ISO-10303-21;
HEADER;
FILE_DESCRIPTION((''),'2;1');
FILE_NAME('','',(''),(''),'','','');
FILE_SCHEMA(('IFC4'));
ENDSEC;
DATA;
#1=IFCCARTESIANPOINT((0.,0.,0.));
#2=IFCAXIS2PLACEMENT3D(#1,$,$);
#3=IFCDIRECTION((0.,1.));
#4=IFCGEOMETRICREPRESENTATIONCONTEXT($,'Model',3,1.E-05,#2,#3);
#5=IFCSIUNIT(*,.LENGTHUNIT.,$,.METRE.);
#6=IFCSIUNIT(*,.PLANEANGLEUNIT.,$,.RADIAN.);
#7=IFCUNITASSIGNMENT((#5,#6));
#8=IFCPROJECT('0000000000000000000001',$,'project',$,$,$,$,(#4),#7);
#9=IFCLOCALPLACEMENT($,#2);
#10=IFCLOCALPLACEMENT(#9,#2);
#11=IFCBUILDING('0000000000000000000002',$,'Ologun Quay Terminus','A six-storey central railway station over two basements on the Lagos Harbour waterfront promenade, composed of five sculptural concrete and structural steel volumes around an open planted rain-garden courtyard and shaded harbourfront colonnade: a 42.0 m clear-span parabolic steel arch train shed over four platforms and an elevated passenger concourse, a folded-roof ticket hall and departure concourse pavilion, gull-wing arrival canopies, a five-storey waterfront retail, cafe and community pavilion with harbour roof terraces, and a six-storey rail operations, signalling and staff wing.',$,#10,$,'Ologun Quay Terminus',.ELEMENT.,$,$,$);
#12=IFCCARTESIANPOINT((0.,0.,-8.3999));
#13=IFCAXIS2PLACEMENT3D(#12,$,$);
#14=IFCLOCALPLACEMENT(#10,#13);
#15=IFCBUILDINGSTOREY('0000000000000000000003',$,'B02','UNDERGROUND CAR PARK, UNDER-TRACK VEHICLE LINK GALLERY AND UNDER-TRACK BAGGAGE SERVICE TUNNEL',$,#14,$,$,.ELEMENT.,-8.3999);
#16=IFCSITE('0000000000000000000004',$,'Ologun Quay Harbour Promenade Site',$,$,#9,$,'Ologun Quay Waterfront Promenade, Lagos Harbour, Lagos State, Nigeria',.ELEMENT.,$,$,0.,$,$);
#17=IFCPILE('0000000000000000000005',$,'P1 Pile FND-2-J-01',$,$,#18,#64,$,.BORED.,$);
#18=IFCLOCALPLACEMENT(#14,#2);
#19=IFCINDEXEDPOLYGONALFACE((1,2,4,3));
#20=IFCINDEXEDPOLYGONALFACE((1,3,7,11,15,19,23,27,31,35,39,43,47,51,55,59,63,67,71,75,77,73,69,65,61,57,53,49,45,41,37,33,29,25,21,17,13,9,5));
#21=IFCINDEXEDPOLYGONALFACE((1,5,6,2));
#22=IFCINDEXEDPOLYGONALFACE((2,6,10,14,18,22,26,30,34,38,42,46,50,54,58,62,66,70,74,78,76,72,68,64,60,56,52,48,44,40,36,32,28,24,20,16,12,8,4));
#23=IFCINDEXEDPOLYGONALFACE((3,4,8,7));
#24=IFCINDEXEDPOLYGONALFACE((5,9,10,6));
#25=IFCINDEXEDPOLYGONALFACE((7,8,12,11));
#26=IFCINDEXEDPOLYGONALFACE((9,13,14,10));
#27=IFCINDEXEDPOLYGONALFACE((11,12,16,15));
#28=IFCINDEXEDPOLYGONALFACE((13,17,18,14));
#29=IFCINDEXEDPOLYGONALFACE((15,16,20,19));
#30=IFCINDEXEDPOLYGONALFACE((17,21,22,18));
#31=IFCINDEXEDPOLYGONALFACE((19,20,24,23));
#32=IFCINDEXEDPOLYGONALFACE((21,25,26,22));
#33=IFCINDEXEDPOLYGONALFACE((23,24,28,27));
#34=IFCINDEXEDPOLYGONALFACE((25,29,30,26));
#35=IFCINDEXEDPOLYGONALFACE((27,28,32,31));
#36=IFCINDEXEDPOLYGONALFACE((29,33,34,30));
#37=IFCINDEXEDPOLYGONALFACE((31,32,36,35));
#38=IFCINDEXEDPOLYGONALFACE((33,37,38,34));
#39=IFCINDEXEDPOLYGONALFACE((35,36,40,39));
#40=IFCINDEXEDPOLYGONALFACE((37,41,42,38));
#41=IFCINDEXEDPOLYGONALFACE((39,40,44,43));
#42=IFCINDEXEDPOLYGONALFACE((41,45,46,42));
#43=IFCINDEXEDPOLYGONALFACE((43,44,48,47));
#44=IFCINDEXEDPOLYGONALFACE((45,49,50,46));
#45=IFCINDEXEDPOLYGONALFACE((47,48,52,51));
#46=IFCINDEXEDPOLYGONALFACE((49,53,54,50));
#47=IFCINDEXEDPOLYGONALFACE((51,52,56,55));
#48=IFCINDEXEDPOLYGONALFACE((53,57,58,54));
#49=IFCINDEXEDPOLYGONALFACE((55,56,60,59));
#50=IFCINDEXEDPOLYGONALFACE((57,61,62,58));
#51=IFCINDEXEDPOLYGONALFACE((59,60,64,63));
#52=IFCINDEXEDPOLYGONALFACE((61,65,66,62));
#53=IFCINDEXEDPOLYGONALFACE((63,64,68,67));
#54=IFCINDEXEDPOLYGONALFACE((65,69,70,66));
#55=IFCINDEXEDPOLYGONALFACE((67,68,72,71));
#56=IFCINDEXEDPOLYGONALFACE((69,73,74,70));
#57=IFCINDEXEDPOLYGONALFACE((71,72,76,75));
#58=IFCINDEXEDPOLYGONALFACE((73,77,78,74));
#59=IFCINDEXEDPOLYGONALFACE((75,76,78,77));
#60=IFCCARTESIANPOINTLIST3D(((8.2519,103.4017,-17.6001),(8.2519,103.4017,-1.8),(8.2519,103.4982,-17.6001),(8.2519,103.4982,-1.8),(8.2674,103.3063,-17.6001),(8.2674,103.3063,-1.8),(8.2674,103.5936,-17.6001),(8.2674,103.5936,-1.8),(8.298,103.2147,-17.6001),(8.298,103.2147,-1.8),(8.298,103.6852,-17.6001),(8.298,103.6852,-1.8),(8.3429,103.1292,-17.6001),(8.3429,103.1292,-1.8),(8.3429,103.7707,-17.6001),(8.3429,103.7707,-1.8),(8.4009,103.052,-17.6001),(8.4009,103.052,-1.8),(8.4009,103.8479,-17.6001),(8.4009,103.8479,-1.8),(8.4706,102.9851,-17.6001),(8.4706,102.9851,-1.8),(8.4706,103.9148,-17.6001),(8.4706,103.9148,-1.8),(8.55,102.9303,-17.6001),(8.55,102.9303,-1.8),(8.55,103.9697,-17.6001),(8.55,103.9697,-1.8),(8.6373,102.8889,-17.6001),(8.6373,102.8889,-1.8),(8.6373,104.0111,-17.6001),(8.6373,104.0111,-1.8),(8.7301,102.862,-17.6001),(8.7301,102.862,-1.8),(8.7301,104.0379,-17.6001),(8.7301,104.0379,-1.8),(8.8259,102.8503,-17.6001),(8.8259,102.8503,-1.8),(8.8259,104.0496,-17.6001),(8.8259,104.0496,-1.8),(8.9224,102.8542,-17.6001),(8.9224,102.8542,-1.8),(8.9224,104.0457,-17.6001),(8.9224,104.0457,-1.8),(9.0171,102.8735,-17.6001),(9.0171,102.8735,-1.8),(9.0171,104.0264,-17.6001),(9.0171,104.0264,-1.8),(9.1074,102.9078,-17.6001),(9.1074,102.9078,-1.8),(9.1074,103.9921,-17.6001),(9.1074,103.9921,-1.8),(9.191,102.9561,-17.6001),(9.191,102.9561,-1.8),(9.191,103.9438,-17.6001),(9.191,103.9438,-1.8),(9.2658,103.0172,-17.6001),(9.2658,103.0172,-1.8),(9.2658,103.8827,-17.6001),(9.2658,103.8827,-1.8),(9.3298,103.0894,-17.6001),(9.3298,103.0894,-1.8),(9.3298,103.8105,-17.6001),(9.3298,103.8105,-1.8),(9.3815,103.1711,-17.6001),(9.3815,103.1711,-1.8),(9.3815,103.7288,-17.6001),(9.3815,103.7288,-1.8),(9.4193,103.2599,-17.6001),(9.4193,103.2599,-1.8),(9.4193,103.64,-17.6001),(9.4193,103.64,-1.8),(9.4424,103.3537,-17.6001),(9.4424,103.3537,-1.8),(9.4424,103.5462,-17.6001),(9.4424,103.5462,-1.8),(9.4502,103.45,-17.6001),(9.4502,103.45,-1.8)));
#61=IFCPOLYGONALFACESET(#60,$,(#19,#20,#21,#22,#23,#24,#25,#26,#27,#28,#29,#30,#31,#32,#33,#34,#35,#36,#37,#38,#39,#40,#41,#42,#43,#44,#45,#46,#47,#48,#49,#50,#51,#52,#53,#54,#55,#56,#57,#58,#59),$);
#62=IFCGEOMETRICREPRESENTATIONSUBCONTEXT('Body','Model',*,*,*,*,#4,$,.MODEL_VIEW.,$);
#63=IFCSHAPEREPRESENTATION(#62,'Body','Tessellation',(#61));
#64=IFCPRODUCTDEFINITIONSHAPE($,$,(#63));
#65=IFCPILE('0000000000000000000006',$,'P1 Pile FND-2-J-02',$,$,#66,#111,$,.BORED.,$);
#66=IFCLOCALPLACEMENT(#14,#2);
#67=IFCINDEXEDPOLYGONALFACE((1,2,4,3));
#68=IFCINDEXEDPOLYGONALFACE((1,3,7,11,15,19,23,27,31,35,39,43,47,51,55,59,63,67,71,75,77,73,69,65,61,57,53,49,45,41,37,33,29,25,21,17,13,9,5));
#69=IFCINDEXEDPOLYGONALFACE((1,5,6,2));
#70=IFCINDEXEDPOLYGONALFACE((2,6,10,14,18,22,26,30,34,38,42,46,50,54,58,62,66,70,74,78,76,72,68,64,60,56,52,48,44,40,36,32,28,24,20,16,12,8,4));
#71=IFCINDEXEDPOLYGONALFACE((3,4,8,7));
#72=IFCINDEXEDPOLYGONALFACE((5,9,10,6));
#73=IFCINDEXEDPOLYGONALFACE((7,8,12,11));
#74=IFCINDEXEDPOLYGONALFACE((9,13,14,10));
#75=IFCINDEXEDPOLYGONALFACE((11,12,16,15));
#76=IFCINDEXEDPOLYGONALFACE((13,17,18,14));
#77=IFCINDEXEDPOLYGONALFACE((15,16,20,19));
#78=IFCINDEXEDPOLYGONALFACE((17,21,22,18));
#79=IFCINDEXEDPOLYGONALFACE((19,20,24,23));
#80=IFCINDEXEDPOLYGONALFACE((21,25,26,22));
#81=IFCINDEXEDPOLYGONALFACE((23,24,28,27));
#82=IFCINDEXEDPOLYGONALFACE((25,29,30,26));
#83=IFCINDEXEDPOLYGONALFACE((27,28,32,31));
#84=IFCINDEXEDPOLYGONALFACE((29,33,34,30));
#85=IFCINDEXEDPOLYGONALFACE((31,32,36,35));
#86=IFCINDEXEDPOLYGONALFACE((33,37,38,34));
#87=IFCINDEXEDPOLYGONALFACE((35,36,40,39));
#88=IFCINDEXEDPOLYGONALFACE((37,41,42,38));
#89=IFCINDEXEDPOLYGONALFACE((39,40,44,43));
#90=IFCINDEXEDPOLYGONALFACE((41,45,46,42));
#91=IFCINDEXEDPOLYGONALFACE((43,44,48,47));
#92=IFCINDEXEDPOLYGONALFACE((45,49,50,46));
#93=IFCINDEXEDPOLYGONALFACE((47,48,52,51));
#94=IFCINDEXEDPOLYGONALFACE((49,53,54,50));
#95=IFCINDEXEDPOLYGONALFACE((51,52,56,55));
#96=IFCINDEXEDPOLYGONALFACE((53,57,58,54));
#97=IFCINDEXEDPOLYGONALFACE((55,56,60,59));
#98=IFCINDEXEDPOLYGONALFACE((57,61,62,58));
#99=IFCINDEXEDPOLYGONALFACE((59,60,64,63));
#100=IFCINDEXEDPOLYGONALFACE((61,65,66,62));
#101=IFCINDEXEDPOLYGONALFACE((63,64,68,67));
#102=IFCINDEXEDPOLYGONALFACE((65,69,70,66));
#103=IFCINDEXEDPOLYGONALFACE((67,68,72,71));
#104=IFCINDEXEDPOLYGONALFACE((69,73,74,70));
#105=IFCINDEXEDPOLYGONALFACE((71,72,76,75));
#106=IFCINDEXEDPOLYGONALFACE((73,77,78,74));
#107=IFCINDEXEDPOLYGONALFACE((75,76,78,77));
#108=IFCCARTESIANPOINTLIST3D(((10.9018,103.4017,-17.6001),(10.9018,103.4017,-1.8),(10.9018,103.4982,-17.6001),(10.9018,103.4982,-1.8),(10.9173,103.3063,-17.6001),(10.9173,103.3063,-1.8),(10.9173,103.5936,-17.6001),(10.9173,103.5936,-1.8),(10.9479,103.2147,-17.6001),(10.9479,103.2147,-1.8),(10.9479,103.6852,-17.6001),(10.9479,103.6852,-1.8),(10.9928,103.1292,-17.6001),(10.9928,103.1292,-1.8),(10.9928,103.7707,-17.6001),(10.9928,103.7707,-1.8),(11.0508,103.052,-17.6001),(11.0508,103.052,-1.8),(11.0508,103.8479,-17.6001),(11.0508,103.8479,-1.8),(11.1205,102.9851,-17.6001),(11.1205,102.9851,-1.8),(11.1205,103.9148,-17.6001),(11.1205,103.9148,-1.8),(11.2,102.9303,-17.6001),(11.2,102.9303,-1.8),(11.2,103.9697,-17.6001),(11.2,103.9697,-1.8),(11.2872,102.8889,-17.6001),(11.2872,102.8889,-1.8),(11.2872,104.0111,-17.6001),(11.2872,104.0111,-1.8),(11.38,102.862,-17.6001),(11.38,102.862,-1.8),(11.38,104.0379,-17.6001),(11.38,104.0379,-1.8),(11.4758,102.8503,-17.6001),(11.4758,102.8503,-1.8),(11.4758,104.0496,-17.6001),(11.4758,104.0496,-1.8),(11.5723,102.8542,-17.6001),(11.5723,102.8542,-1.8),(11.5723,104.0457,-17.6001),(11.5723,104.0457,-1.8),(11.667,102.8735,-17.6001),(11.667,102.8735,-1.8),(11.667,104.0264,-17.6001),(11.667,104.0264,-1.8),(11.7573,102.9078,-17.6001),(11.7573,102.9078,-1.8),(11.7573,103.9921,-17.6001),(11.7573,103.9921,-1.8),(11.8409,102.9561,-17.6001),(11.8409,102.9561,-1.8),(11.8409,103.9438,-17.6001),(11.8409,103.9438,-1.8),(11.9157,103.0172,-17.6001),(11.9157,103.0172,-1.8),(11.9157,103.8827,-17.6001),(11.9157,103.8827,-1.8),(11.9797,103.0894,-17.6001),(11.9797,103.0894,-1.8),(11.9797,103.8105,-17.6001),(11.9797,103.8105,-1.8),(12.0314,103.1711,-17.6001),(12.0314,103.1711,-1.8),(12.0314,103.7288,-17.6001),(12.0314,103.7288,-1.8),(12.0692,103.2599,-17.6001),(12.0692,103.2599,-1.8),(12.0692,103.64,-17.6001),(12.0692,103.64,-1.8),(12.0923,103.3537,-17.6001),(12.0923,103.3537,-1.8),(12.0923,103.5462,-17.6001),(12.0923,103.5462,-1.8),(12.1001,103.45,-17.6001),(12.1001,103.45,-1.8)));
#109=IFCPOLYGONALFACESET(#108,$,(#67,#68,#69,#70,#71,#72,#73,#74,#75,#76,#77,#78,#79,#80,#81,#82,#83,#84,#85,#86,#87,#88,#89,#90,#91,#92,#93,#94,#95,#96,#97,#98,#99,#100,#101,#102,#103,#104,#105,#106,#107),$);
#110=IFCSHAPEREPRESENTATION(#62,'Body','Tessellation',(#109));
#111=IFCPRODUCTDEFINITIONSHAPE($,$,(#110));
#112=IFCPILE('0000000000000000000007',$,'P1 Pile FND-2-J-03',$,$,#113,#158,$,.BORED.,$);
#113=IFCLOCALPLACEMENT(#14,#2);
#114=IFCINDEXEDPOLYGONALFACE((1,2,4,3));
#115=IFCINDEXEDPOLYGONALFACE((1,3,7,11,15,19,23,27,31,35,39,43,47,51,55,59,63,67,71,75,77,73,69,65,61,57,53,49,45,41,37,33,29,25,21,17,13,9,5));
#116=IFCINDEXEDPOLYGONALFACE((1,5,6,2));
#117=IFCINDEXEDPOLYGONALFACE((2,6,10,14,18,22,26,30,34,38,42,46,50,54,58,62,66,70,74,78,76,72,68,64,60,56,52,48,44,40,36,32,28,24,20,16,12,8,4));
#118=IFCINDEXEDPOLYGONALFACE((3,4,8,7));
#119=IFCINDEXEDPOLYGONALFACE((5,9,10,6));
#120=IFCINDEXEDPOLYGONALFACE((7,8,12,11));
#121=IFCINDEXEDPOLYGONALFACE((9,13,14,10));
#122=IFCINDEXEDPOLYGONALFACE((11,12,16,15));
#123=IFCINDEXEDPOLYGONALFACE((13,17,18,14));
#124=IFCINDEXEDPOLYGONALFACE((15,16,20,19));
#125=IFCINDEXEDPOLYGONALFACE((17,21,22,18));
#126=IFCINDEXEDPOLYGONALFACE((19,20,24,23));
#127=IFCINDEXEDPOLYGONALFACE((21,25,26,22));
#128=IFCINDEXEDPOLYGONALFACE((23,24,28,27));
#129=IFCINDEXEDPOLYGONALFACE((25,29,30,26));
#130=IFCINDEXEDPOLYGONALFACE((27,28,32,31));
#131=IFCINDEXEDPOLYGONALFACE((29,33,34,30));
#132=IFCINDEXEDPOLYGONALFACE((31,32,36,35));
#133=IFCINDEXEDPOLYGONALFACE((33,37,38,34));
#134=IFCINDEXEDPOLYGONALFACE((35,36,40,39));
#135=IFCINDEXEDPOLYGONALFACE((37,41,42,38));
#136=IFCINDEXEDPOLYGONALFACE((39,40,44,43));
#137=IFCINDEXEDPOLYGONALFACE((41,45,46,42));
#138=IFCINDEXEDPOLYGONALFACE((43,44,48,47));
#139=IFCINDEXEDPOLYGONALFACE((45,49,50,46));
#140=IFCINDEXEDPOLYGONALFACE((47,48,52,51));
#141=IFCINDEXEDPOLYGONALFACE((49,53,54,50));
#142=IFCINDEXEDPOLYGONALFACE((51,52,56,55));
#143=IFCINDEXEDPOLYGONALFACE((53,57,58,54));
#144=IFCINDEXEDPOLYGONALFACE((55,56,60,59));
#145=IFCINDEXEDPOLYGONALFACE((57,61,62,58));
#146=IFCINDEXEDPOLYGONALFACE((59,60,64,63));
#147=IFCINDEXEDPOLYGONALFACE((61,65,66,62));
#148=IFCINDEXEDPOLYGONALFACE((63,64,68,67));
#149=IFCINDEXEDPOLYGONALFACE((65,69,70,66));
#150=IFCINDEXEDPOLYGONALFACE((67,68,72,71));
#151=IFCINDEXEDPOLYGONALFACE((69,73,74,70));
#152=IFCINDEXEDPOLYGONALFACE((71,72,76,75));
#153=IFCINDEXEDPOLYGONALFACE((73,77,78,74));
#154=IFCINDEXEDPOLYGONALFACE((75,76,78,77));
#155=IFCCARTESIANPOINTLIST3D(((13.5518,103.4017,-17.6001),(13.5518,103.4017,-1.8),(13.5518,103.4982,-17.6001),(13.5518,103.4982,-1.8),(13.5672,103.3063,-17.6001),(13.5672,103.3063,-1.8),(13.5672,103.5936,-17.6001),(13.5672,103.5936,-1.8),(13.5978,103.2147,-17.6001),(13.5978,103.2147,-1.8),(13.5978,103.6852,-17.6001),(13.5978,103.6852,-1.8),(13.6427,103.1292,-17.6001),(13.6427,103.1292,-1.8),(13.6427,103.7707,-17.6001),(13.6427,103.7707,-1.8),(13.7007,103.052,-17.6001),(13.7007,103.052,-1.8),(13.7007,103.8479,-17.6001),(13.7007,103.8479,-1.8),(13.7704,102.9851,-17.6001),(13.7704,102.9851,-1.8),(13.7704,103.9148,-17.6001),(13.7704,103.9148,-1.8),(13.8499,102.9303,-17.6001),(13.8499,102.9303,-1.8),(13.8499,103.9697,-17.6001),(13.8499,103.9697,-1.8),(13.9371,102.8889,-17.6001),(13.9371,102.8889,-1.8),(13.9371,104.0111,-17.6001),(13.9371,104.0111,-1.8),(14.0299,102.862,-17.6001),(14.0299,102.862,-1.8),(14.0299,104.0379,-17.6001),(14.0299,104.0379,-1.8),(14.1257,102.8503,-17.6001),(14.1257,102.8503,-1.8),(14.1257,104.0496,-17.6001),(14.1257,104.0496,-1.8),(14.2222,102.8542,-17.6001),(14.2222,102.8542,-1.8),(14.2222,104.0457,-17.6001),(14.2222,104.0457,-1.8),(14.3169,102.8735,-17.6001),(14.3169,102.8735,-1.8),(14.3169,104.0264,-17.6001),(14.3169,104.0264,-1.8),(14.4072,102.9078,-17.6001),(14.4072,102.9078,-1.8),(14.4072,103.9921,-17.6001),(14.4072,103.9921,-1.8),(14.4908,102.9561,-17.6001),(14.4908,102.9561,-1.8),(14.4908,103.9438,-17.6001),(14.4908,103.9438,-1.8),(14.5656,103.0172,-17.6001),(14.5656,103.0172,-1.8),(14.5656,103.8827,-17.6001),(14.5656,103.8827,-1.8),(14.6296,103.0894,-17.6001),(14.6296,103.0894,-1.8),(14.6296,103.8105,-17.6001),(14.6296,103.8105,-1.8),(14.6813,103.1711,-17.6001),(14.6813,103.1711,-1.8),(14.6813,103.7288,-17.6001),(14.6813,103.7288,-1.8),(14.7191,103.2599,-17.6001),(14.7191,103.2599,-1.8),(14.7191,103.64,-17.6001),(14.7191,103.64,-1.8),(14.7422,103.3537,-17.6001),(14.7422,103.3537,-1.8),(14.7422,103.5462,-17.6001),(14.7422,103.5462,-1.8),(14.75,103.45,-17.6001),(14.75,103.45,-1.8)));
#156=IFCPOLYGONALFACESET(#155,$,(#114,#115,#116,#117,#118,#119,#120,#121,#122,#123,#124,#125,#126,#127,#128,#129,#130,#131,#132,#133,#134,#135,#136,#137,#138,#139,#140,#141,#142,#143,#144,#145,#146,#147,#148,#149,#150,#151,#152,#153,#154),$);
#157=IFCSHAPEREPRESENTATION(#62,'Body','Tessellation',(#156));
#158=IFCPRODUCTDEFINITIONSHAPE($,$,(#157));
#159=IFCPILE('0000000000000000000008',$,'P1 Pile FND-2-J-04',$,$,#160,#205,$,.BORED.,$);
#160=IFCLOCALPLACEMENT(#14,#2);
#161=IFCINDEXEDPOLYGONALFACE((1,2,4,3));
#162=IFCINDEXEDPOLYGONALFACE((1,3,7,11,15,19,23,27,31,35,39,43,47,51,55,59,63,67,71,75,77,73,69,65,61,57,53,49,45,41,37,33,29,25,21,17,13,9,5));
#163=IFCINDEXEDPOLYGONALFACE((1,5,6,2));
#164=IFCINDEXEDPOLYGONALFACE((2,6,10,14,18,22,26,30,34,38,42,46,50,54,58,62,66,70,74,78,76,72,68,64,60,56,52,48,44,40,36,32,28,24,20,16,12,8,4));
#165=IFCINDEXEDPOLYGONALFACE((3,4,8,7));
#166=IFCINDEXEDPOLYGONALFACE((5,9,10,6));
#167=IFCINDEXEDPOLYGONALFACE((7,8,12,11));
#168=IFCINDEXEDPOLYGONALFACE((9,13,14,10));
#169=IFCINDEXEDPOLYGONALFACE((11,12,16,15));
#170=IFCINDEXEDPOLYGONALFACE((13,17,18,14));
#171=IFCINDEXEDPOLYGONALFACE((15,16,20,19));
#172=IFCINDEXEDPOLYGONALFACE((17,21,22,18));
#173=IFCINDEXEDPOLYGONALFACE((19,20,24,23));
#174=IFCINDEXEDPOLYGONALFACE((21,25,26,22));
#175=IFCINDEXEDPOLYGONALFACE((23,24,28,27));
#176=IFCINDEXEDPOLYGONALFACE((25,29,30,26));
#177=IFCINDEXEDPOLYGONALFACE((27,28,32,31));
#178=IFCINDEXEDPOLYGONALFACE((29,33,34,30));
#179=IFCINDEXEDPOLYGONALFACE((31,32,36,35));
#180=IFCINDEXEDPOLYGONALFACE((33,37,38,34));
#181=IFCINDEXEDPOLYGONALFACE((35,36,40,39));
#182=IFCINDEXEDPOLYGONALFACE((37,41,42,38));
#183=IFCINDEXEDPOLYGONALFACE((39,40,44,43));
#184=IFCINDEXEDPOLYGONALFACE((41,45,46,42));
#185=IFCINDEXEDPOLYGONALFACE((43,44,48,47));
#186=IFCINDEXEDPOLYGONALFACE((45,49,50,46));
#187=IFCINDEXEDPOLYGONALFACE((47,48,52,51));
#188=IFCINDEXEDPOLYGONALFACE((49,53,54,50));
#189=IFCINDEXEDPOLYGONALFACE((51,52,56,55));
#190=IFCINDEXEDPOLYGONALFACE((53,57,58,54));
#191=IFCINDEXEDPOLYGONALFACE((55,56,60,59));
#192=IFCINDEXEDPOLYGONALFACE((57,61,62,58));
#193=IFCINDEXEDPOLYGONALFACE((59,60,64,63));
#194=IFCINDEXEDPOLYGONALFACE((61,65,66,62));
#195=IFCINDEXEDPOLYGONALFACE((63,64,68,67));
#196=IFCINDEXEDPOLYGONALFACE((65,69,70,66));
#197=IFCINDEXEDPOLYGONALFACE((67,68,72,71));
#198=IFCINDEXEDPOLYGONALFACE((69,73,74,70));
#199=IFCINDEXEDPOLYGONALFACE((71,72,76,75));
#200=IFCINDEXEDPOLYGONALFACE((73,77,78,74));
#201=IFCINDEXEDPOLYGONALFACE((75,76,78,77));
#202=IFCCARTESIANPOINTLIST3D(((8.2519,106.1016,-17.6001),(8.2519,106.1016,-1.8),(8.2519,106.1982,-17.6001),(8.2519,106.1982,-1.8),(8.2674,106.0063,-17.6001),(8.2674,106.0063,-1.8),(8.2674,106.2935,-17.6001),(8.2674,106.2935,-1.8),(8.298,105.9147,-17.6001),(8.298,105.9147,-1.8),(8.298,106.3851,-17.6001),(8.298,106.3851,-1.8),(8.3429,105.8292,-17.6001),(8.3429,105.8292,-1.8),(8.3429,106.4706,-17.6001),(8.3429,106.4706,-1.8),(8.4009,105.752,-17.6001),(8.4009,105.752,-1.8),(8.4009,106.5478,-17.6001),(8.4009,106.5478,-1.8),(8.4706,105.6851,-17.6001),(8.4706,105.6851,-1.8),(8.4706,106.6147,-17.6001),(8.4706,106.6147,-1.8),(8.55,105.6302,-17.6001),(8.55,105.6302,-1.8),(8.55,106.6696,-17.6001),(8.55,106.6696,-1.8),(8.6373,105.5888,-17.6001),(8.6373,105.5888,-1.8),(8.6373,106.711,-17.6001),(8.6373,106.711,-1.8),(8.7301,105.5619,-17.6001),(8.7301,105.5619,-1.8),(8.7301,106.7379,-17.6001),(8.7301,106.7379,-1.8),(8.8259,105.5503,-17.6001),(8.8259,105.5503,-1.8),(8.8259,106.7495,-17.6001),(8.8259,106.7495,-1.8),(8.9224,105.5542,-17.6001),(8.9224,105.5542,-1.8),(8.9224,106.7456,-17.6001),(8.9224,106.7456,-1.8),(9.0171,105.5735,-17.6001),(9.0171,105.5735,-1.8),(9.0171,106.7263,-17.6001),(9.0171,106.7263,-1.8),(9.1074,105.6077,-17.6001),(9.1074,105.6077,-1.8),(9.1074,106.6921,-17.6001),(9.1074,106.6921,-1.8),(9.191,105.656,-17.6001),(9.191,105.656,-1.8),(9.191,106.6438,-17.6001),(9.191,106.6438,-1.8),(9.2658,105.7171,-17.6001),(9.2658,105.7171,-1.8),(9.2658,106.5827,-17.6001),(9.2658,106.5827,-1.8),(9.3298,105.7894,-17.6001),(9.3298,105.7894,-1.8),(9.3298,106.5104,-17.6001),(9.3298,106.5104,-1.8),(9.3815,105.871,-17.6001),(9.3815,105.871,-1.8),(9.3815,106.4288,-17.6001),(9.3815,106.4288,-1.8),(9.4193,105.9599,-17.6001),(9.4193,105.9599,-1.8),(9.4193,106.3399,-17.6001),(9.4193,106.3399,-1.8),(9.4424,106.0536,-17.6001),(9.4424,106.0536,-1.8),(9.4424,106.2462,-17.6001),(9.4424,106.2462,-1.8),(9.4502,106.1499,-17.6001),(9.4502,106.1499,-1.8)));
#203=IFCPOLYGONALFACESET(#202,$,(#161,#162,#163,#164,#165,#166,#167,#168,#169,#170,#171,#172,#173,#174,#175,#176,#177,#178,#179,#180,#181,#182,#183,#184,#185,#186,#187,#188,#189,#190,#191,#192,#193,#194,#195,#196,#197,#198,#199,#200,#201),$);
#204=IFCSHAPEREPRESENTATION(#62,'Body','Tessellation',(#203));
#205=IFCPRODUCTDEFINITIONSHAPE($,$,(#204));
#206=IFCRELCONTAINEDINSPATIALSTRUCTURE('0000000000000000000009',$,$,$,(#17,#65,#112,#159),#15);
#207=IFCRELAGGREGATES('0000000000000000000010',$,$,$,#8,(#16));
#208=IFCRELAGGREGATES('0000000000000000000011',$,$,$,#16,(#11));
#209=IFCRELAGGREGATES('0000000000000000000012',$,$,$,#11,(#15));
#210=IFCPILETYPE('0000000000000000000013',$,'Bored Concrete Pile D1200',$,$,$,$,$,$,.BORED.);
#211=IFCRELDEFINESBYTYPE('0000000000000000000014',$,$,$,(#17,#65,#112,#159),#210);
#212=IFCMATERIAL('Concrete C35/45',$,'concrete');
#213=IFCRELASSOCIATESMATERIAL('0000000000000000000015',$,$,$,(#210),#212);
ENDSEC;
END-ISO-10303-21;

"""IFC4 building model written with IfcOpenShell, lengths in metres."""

from ifc_helpers import new_model, si_unit, direction, frame, origin, origin_2d, place, context, subcontext, project, spatial, circle, extrude, material, material_profile, profile_set, type_object, element, save


model = new_model("IFC4")

# Units and contexts
model_context = context("Model", 3, precision=1e-05, world=origin(), true_north=direction((0.0, 1.0)))
body_context = subcontext(model_context, "Body", "Model", "MODEL_VIEW")
ifc_project = project(units=[si_unit("LENGTHUNIT", "METRE"), si_unit("PLANEANGLEUNIT", "RADIAN")], contexts=[model_context])

# Site, building, storey
site_placement = place(None, origin())
site = spatial("IfcSite", under=ifc_project, at=site_placement, Name="Ologun Quay Harbour Promenade Site", LongName="Ologun Quay Waterfront Promenade, Lagos Harbour, Lagos State, Nigeria", CompositionType="ELEMENT", RefElevation=0.0)
building_placement = place(site_placement, origin())
building = spatial("IfcBuilding", under=site, at=building_placement, Name="Ologun Quay Terminus", Description="A six-storey central railway station over two basements on the Lagos Harbour waterfront promenade, composed of five sculptural concrete and structural steel volumes around an open planted rain-garden courtyard and shaded harbourfront colonnade: a 42.0 m clear-span parabolic steel arch train shed over four platforms and an elevated passenger concourse, a folded-roof ticket hall and departure concourse pavilion, gull-wing arrival canopies, a five-storey waterfront retail, cafe and community pavilion with harbour roof terraces, and a six-storey rail operations, signalling and staff wing.", LongName="Ologun Quay Terminus", CompositionType="ELEMENT")
storey_placement = place(building_placement, frame((0.0, 0.0, -8.3999)))
storey = spatial("IfcBuildingStorey", under=building, at=storey_placement, Name="B02", Description="UNDERGROUND CAR PARK, UNDER-TRACK VEHICLE LINK GALLERY AND UNDER-TRACK BAGGAGE SERVICE TUNNEL", CompositionType="ELEMENT", Elevation=-8.3999)

# Piles
ifc_material_1 = material(Name="Concrete C35/45", Category="concrete")
ifc_material_profile_1 = material_profile(ifc_material_1, circle(Radius=0.6001, at=origin_2d()), Name="PILE D1200")
ifc_profile_set_1 = profile_set([ifc_material_profile_1], Name="Concrete C35/45")
pile_type = type_object("IfcPileType", Name="Bored Concrete Pile D1200", PredefinedType="BORED", material=ifc_profile_set_1)
for number, where, z_axis, x_axis, name in (
    (1, (8.8501, 103.45, -1.8), (0.0, 0.0, -1.0), (1.0, 0.0, 0.0), "P1 Pile FND-2-J-01"),
    (2, (11.5, 103.45, -1.8), (0.0, 0.0, -1.0), (1.0, 0.0, 0.0), "P1 Pile FND-2-J-02"),
    (3, (14.1499, 103.45, -1.8), (0.0, 0.0, -1.0), (1.0, 0.0, 0.0), "P1 Pile FND-2-J-03"),
    (4, (8.8501, 106.1499, -1.8), (0.0, 0.0, -1.0), (1.0, 0.0, 0.0), "P1 Pile FND-2-J-04"),
):
    element("IfcPile", number, at=place(storey_placement, frame(where, z_axis=z_axis, x_axis=x_axis)), inside=storey, type_object=pile_type, Name=name, PredefinedType="BORED", context=body_context, shape_type="SweptSolid", body=[
        extrude(circle(Radius=0.6001, at=origin_2d()), origin(), (0.0, 0.0, 1.0), 15.8),
    ])

save(model, "model.ifc")
